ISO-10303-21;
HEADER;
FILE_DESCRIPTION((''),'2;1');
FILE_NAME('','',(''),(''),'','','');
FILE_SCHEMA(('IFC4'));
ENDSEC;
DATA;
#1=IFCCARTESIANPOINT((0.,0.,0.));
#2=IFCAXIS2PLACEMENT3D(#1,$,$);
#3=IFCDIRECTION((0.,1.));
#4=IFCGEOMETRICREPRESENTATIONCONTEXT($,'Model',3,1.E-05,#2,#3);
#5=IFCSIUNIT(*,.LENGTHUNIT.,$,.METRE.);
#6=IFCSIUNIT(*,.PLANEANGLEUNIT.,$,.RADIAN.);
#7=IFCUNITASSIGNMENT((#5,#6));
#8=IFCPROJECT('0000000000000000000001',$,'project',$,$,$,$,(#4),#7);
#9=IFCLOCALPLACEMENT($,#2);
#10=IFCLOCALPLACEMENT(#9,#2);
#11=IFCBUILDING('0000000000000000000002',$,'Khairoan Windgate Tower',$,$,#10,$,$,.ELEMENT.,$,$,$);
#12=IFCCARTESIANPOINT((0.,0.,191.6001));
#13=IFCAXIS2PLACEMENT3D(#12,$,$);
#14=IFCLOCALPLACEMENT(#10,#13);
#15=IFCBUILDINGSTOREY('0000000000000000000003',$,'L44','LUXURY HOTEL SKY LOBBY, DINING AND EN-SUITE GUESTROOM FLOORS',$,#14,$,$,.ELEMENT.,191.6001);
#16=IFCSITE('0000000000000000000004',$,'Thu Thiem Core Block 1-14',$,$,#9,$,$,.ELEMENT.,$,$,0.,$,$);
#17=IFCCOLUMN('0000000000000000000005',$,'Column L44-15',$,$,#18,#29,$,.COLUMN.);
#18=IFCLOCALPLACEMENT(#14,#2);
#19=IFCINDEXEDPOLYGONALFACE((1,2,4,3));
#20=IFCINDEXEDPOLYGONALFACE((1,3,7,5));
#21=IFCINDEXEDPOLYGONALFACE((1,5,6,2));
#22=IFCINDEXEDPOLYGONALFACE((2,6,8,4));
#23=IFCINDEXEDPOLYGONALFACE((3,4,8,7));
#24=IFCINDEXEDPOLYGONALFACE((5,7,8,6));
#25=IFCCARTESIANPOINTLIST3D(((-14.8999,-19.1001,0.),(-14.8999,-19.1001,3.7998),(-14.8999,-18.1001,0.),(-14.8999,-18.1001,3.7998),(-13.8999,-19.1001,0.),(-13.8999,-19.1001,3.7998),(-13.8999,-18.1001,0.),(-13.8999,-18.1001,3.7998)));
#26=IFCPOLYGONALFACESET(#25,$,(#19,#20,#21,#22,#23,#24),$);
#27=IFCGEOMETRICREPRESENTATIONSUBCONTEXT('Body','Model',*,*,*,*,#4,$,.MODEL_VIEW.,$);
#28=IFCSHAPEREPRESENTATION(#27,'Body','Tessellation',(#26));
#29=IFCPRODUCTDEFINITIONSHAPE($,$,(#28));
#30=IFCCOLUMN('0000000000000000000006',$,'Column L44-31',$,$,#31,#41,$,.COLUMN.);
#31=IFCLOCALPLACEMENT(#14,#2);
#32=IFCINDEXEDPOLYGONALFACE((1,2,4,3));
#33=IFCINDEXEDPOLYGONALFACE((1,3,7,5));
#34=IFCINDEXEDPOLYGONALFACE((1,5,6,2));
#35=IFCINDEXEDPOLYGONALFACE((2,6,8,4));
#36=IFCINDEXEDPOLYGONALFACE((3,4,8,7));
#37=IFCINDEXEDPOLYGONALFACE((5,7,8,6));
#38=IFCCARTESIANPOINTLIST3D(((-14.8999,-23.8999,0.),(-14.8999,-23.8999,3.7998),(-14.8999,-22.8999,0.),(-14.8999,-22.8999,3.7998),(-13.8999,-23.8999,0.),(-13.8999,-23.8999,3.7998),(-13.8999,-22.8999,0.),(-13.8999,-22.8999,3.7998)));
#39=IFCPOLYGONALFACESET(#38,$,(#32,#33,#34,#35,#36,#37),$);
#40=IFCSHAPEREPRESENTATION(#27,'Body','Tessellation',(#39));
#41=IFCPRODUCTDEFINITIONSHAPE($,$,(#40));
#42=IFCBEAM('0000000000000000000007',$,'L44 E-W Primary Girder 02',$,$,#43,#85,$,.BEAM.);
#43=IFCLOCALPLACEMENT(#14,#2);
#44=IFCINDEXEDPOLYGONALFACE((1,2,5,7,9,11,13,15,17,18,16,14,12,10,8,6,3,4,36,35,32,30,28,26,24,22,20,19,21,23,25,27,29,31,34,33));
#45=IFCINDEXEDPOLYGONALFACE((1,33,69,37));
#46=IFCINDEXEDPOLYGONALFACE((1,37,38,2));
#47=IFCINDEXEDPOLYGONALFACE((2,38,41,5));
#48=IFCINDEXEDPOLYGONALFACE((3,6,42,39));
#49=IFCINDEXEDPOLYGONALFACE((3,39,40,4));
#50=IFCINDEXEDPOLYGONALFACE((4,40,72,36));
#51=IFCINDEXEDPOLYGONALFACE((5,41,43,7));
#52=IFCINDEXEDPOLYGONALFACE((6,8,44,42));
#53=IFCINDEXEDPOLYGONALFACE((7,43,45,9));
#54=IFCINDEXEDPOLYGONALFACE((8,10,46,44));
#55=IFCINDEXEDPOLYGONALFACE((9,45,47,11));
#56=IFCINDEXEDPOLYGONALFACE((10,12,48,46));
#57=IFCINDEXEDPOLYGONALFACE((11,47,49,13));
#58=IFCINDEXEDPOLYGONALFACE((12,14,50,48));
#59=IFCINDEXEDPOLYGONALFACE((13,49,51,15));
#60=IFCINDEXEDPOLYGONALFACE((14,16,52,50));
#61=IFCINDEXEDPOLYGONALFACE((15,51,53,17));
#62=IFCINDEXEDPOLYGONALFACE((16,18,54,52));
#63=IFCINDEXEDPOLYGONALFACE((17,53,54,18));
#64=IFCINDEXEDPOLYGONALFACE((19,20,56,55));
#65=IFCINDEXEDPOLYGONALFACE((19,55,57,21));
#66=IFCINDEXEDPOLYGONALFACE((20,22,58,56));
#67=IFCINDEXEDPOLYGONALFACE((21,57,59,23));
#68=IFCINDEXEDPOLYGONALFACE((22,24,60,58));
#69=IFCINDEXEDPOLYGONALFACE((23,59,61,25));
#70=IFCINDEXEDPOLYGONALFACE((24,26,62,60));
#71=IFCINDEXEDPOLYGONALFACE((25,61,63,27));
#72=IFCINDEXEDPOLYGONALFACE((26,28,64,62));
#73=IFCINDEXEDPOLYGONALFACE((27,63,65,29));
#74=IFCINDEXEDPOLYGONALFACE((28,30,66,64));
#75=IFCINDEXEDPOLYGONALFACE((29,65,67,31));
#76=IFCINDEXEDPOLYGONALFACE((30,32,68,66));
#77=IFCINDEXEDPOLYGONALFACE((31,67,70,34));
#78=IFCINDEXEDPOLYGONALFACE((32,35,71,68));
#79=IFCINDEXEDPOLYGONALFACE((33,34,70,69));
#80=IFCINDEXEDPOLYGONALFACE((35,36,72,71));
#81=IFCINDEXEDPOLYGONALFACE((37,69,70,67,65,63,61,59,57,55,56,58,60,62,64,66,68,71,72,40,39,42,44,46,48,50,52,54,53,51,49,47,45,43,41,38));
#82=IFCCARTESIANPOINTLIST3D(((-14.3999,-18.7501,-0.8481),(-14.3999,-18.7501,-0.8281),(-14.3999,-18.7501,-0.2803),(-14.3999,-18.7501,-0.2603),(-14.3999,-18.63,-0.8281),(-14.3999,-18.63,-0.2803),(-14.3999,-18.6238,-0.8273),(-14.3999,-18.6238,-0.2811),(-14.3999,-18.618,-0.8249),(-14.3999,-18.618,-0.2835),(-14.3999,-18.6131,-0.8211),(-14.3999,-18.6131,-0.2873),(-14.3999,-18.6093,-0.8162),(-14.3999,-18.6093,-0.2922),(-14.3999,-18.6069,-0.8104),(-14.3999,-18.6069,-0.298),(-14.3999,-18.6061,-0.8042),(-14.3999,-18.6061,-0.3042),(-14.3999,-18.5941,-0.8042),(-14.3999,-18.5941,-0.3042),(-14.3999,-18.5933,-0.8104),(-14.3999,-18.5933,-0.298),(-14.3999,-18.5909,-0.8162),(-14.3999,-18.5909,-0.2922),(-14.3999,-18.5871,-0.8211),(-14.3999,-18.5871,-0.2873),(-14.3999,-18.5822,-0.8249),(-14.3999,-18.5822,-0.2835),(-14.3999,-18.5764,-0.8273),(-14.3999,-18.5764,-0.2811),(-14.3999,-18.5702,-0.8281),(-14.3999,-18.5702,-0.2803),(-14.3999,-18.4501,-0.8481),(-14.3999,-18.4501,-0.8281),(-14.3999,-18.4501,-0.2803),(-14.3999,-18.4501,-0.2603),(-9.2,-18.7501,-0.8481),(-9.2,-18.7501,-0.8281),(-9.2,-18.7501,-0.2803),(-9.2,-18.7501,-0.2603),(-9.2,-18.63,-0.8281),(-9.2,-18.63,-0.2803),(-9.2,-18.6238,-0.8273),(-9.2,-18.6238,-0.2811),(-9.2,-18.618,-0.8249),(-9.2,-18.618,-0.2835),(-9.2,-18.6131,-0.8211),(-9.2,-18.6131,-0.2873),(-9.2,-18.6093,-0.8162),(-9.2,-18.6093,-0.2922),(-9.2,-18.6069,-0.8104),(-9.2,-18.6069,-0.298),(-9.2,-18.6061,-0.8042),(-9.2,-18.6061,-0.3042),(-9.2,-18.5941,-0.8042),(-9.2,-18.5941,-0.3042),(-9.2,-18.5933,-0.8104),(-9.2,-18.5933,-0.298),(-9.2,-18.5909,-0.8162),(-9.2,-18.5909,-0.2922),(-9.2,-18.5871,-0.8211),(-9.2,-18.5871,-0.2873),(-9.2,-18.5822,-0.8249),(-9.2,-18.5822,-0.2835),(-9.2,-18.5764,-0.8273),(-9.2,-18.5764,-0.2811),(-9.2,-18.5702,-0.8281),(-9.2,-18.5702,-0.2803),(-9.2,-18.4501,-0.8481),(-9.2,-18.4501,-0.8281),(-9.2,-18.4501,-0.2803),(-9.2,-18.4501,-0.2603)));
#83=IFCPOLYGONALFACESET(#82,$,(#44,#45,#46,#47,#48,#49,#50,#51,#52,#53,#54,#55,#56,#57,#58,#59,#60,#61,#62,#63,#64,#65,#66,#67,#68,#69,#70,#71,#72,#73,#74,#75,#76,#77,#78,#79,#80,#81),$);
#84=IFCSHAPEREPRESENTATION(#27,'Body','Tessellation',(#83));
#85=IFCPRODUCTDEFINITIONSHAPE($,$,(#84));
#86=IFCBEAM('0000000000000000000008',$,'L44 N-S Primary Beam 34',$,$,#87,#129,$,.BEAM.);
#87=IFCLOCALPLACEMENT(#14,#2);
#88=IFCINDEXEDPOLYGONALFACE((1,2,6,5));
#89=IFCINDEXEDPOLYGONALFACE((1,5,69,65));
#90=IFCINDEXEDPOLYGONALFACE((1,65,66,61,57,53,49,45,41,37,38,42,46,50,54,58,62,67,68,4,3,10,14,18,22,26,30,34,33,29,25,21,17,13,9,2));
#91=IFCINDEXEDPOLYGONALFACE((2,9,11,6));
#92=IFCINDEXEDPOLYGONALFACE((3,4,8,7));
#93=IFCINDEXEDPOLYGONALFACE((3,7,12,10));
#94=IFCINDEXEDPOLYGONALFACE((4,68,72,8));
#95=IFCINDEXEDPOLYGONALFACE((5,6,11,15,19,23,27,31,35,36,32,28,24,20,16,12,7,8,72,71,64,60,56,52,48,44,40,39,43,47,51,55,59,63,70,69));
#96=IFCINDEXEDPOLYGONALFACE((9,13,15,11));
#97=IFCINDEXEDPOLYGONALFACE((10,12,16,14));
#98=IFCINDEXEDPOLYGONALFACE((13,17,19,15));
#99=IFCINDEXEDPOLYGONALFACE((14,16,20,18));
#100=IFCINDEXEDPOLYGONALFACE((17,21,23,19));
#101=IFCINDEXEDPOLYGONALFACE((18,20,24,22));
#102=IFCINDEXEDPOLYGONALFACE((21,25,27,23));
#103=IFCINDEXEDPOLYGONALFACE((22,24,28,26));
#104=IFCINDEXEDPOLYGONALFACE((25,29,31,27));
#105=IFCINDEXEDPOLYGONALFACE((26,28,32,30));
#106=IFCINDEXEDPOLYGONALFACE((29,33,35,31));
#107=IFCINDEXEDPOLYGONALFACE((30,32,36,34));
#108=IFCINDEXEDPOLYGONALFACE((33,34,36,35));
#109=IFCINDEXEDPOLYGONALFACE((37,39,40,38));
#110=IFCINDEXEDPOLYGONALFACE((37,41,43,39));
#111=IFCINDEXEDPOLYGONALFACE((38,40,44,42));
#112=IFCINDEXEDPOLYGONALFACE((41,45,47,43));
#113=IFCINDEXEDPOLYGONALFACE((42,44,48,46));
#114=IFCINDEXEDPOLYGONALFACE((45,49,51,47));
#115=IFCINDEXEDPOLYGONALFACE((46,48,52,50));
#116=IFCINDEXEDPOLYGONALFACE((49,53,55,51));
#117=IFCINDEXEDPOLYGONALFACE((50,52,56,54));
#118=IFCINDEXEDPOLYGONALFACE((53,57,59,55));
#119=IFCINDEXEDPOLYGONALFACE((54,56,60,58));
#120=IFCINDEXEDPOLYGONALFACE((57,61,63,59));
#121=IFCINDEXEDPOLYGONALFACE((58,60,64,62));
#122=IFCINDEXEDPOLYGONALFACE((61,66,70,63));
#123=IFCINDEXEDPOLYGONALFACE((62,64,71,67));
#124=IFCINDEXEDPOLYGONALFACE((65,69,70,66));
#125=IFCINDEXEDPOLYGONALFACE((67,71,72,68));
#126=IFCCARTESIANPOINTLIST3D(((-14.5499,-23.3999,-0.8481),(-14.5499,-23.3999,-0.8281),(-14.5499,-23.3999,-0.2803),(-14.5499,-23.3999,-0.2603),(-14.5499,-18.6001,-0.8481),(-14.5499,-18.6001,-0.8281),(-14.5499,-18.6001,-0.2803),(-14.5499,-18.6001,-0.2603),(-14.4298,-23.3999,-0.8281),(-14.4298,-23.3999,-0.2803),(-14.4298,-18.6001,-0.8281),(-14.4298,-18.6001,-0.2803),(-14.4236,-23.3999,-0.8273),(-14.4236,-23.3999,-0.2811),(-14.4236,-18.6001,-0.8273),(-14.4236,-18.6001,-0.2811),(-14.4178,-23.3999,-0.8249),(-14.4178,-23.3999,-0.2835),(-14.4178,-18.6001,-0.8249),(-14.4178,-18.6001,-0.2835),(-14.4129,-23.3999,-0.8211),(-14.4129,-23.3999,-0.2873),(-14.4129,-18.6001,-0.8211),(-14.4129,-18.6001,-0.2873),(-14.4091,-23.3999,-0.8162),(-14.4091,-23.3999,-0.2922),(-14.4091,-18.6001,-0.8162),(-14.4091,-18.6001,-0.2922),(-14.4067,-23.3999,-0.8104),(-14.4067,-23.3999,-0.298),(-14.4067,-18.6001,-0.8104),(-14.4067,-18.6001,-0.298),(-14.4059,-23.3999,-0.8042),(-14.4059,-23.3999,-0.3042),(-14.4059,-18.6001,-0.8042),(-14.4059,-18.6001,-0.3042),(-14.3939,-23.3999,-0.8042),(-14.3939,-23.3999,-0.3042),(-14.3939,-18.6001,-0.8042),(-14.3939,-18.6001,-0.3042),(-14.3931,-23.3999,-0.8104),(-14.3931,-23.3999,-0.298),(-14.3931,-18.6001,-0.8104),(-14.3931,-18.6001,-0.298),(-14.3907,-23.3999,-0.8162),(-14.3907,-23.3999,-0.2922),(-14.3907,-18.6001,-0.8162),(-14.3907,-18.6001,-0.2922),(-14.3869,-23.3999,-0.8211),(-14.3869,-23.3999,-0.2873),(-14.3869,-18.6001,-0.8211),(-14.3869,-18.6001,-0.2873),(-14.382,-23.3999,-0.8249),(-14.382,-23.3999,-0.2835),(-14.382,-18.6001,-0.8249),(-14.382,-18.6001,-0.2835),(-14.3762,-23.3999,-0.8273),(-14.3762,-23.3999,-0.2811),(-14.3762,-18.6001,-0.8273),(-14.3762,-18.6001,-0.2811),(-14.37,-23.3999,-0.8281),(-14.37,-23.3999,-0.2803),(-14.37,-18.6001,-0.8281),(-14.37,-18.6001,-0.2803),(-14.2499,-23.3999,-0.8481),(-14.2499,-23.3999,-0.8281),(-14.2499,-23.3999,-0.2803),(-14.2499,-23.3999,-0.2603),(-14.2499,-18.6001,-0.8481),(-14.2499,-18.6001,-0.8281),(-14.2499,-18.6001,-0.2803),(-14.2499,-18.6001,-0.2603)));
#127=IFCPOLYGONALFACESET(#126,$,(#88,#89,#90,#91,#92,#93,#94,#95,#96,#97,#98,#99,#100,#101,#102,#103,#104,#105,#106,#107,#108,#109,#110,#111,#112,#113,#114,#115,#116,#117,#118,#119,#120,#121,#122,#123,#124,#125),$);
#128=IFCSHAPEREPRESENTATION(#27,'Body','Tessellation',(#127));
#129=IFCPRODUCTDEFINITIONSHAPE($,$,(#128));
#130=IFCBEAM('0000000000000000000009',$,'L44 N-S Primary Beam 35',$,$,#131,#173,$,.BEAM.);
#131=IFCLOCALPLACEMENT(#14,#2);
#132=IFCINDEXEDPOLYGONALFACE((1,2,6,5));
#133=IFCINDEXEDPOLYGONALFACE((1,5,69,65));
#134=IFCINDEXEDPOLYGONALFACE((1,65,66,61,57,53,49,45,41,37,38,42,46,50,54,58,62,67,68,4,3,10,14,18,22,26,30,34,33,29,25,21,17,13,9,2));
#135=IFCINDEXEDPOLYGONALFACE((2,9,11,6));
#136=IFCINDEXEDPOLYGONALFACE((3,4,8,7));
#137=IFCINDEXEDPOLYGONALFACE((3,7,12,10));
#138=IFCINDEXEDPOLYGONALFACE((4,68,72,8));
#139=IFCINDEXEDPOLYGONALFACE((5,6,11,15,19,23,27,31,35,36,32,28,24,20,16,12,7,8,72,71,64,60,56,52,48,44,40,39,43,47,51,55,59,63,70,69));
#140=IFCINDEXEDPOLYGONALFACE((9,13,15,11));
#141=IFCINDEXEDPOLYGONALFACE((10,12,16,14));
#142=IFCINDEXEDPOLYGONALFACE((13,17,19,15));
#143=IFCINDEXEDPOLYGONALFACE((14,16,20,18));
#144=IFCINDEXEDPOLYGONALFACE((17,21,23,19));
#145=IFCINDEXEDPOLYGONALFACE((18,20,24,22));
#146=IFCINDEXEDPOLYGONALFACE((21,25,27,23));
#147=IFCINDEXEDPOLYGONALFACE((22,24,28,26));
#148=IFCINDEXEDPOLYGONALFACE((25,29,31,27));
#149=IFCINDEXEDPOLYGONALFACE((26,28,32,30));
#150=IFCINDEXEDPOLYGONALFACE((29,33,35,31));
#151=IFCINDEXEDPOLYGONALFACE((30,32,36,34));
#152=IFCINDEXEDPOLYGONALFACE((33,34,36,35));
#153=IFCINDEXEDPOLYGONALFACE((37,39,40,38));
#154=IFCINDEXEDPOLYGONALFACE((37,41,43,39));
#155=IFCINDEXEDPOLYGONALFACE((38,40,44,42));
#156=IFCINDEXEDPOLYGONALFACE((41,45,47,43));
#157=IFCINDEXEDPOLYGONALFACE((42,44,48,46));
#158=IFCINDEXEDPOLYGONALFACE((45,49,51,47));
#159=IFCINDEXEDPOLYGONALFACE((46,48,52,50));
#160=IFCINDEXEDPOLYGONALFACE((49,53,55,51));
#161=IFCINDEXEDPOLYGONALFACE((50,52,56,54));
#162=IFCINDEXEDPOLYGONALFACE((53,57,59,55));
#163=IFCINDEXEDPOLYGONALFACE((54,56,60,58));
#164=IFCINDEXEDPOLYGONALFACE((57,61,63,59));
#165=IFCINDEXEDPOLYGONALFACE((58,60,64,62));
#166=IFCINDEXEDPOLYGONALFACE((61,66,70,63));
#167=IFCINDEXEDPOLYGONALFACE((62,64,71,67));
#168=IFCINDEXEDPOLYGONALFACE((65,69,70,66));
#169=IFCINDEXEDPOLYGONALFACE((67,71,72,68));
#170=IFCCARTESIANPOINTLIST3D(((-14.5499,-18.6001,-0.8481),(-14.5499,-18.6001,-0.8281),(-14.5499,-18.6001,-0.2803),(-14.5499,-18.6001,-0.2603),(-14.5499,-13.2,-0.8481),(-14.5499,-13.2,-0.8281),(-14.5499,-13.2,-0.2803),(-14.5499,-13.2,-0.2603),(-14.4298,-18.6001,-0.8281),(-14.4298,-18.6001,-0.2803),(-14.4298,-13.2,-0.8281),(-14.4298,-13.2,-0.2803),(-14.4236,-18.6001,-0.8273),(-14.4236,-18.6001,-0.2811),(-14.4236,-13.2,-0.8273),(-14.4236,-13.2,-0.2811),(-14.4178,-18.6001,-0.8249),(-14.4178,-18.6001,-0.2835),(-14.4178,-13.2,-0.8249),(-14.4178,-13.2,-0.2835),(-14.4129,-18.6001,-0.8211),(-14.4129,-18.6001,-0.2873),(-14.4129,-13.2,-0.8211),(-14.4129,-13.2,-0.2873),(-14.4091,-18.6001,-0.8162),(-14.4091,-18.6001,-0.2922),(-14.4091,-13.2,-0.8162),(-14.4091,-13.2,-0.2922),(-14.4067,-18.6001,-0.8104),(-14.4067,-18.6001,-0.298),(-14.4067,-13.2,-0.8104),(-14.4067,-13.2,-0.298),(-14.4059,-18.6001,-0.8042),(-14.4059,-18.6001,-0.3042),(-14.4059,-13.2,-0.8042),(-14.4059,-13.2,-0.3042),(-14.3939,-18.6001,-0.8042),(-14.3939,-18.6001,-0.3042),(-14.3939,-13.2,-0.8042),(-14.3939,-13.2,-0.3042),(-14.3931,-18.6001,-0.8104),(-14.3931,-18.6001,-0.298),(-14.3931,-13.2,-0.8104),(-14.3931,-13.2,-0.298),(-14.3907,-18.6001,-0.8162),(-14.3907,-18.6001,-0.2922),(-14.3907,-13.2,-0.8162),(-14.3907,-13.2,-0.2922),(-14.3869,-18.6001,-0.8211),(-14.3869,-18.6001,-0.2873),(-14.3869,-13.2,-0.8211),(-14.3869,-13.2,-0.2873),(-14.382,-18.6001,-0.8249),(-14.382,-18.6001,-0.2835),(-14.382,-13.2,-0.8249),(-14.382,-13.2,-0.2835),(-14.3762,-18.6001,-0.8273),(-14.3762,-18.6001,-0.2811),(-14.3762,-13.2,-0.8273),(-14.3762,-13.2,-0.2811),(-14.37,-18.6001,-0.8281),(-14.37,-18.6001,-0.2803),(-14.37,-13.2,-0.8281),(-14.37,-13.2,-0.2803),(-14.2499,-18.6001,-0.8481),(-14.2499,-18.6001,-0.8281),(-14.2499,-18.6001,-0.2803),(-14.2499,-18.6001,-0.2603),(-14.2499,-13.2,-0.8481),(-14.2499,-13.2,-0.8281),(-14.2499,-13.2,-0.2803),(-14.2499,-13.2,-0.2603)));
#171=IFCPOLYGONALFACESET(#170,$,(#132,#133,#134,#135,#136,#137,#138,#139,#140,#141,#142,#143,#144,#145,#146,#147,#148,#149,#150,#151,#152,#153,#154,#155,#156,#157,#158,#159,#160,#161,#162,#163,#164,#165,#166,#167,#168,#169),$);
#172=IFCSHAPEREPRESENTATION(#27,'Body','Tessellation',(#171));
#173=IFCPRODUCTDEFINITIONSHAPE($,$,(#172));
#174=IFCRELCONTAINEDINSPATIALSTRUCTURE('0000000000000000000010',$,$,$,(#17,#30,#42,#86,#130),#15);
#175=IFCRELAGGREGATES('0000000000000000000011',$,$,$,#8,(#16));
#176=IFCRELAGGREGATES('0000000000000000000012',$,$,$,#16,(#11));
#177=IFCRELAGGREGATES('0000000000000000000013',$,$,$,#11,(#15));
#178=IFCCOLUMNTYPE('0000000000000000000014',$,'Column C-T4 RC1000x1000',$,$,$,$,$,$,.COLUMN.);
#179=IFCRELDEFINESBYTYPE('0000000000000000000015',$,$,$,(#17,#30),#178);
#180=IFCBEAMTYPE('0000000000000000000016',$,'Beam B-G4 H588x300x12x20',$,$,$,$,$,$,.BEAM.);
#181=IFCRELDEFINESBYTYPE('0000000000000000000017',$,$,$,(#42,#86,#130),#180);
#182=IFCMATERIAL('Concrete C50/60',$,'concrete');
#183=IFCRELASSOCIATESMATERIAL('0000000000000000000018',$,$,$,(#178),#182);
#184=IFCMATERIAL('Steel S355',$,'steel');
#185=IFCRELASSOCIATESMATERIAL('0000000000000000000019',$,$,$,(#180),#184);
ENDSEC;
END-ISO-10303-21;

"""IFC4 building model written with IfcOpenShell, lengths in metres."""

from ifc_helpers import new_model, si_unit, direction, frame, origin, origin_2d, place, context, subcontext, project, spatial, rectangle, i_section, extrude, material, material_profile, profile_set, type_object, element, save


model = new_model("IFC4")

# Units and contexts
model_context = context("Model", 3, precision=1e-05, world=origin(), true_north=direction((0.0, 1.0)))
body_context = subcontext(model_context, "Body", "Model", "MODEL_VIEW")
ifc_project = project(units=[si_unit("LENGTHUNIT", "METRE"), si_unit("PLANEANGLEUNIT", "RADIAN")], contexts=[model_context])

# Site, building, storey
site_placement = place(None, origin())
site = spatial("IfcSite", under=ifc_project, at=site_placement, Name="Thu Thiem Core Block 1-14", CompositionType="ELEMENT", RefElevation=0.0)
building_placement = place(site_placement, origin())
building = spatial("IfcBuilding", under=site, at=building_placement, Name="Khairoan Windgate Tower", CompositionType="ELEMENT")
storey_placement = place(building_placement, frame((0.0, 0.0, 191.6001)))
storey = spatial("IfcBuildingStorey", under=building, at=storey_placement, Name="L44", Description="LUXURY HOTEL SKY LOBBY, DINING AND EN-SUITE GUESTROOM FLOORS", CompositionType="ELEMENT", Elevation=191.6001)

# Columns
ifc_material_1 = material(Name="Concrete C50/60", Category="concrete")
ifc_material_profile_1 = material_profile(ifc_material_1, rectangle(XDim=1.0, YDim=1.0, at=origin_2d()))
ifc_profile_set_1 = profile_set([ifc_material_profile_1], Name="Concrete C50/60")
column_type = type_object("IfcColumnType", Name="Column C-T4 RC1000x1000", PredefinedType="COLUMN", material=ifc_profile_set_1)
for number, where, z_axis, x_axis, name in (
    (1, (-14.3999, -18.6001, 0.0), (0.0, 0.0, 1.0), (1.0, 0.0, 0.0), "Column L44-15"),
    (2, (-14.3999, -23.3999, 0.0), (0.0, 0.0, 1.0), (1.0, 0.0, 0.0), "Column L44-31"),
):
    element("IfcColumn", number, at=place(storey_placement, frame(where, z_axis=z_axis, x_axis=x_axis)), inside=storey, type_object=column_type, Name=name, PredefinedType="COLUMN", context=body_context, shape_type="SweptSolid", body=[
        extrude(rectangle(XDim=1.0, YDim=1.0, at=origin_2d()), origin(), (0.0, 0.0, 1.0), 3.7998),
    ])

# Beams
ifc_material_2 = material(Name="Steel S355", Category="steel")
ifc_material_profile_2 = material_profile(ifc_material_2, i_section(OverallWidth=0.3, OverallDepth=0.5879, WebThickness=0.012, FlangeThickness=0.02, FilletRadius=0.0239, at=origin_2d()))
ifc_profile_set_2 = profile_set([ifc_material_profile_2], Name="Steel S355")
beam_type_1 = type_object("IfcBeamType", Name="Beam B-G4 H588x300x12x20", PredefinedType="BEAM", material=ifc_profile_set_2)
beam_1_placement = place(storey_placement, frame((-14.3999, -18.6001, -0.5542), z_axis=(1.0, 0.0, 0.0), x_axis=(0.0, 1.0, 0.0)))
element("IfcBeam", 3, at=beam_1_placement, inside=storey, type_object=beam_type_1, Name="L44 E-W Primary Girder 02", PredefinedType="BEAM", context=body_context, shape_type="SweptSolid", body=[
    extrude(i_section(OverallWidth=0.3, OverallDepth=0.5879, WebThickness=0.012, FlangeThickness=0.02, FilletRadius=0.0239, at=origin_2d()), origin(), (0.0, 0.0, 1.0), 5.2),
])
beam_2_placement = place(storey_placement, frame((-14.3999, -23.3999, -0.5542), z_axis=(0.0, 1.0, 0.0), x_axis=(-1.0, 0.0, 0.0)))
element("IfcBeam", 4, at=beam_2_placement, inside=storey, type_object=beam_type_1, Name="L44 N-S Primary Beam 34", PredefinedType="BEAM", context=body_context, shape_type="SweptSolid", body=[
    extrude(i_section(OverallWidth=0.3, OverallDepth=0.5879, WebThickness=0.012, FlangeThickness=0.02, FilletRadius=0.0239, at=origin_2d()), origin(), (0.0, 0.0, 1.0), 4.7998),
])
beam_3_placement = place(storey_placement, frame((-14.3999, -18.6001, -0.5542), z_axis=(0.0, 1.0, 0.0), x_axis=(-1.0, 0.0, 0.0)))
element("IfcBeam", 5, at=beam_3_placement, inside=storey, type_object=beam_type_1, Name="L44 N-S Primary Beam 35", PredefinedType="BEAM", context=body_context, shape_type="SweptSolid", body=[
    extrude(i_section(OverallWidth=0.3, OverallDepth=0.5879, WebThickness=0.012, FlangeThickness=0.02, FilletRadius=0.0239, at=origin_2d()), origin(), (0.0, 0.0, 1.0), 5.4001),
])

save(model, "model.ifc")
